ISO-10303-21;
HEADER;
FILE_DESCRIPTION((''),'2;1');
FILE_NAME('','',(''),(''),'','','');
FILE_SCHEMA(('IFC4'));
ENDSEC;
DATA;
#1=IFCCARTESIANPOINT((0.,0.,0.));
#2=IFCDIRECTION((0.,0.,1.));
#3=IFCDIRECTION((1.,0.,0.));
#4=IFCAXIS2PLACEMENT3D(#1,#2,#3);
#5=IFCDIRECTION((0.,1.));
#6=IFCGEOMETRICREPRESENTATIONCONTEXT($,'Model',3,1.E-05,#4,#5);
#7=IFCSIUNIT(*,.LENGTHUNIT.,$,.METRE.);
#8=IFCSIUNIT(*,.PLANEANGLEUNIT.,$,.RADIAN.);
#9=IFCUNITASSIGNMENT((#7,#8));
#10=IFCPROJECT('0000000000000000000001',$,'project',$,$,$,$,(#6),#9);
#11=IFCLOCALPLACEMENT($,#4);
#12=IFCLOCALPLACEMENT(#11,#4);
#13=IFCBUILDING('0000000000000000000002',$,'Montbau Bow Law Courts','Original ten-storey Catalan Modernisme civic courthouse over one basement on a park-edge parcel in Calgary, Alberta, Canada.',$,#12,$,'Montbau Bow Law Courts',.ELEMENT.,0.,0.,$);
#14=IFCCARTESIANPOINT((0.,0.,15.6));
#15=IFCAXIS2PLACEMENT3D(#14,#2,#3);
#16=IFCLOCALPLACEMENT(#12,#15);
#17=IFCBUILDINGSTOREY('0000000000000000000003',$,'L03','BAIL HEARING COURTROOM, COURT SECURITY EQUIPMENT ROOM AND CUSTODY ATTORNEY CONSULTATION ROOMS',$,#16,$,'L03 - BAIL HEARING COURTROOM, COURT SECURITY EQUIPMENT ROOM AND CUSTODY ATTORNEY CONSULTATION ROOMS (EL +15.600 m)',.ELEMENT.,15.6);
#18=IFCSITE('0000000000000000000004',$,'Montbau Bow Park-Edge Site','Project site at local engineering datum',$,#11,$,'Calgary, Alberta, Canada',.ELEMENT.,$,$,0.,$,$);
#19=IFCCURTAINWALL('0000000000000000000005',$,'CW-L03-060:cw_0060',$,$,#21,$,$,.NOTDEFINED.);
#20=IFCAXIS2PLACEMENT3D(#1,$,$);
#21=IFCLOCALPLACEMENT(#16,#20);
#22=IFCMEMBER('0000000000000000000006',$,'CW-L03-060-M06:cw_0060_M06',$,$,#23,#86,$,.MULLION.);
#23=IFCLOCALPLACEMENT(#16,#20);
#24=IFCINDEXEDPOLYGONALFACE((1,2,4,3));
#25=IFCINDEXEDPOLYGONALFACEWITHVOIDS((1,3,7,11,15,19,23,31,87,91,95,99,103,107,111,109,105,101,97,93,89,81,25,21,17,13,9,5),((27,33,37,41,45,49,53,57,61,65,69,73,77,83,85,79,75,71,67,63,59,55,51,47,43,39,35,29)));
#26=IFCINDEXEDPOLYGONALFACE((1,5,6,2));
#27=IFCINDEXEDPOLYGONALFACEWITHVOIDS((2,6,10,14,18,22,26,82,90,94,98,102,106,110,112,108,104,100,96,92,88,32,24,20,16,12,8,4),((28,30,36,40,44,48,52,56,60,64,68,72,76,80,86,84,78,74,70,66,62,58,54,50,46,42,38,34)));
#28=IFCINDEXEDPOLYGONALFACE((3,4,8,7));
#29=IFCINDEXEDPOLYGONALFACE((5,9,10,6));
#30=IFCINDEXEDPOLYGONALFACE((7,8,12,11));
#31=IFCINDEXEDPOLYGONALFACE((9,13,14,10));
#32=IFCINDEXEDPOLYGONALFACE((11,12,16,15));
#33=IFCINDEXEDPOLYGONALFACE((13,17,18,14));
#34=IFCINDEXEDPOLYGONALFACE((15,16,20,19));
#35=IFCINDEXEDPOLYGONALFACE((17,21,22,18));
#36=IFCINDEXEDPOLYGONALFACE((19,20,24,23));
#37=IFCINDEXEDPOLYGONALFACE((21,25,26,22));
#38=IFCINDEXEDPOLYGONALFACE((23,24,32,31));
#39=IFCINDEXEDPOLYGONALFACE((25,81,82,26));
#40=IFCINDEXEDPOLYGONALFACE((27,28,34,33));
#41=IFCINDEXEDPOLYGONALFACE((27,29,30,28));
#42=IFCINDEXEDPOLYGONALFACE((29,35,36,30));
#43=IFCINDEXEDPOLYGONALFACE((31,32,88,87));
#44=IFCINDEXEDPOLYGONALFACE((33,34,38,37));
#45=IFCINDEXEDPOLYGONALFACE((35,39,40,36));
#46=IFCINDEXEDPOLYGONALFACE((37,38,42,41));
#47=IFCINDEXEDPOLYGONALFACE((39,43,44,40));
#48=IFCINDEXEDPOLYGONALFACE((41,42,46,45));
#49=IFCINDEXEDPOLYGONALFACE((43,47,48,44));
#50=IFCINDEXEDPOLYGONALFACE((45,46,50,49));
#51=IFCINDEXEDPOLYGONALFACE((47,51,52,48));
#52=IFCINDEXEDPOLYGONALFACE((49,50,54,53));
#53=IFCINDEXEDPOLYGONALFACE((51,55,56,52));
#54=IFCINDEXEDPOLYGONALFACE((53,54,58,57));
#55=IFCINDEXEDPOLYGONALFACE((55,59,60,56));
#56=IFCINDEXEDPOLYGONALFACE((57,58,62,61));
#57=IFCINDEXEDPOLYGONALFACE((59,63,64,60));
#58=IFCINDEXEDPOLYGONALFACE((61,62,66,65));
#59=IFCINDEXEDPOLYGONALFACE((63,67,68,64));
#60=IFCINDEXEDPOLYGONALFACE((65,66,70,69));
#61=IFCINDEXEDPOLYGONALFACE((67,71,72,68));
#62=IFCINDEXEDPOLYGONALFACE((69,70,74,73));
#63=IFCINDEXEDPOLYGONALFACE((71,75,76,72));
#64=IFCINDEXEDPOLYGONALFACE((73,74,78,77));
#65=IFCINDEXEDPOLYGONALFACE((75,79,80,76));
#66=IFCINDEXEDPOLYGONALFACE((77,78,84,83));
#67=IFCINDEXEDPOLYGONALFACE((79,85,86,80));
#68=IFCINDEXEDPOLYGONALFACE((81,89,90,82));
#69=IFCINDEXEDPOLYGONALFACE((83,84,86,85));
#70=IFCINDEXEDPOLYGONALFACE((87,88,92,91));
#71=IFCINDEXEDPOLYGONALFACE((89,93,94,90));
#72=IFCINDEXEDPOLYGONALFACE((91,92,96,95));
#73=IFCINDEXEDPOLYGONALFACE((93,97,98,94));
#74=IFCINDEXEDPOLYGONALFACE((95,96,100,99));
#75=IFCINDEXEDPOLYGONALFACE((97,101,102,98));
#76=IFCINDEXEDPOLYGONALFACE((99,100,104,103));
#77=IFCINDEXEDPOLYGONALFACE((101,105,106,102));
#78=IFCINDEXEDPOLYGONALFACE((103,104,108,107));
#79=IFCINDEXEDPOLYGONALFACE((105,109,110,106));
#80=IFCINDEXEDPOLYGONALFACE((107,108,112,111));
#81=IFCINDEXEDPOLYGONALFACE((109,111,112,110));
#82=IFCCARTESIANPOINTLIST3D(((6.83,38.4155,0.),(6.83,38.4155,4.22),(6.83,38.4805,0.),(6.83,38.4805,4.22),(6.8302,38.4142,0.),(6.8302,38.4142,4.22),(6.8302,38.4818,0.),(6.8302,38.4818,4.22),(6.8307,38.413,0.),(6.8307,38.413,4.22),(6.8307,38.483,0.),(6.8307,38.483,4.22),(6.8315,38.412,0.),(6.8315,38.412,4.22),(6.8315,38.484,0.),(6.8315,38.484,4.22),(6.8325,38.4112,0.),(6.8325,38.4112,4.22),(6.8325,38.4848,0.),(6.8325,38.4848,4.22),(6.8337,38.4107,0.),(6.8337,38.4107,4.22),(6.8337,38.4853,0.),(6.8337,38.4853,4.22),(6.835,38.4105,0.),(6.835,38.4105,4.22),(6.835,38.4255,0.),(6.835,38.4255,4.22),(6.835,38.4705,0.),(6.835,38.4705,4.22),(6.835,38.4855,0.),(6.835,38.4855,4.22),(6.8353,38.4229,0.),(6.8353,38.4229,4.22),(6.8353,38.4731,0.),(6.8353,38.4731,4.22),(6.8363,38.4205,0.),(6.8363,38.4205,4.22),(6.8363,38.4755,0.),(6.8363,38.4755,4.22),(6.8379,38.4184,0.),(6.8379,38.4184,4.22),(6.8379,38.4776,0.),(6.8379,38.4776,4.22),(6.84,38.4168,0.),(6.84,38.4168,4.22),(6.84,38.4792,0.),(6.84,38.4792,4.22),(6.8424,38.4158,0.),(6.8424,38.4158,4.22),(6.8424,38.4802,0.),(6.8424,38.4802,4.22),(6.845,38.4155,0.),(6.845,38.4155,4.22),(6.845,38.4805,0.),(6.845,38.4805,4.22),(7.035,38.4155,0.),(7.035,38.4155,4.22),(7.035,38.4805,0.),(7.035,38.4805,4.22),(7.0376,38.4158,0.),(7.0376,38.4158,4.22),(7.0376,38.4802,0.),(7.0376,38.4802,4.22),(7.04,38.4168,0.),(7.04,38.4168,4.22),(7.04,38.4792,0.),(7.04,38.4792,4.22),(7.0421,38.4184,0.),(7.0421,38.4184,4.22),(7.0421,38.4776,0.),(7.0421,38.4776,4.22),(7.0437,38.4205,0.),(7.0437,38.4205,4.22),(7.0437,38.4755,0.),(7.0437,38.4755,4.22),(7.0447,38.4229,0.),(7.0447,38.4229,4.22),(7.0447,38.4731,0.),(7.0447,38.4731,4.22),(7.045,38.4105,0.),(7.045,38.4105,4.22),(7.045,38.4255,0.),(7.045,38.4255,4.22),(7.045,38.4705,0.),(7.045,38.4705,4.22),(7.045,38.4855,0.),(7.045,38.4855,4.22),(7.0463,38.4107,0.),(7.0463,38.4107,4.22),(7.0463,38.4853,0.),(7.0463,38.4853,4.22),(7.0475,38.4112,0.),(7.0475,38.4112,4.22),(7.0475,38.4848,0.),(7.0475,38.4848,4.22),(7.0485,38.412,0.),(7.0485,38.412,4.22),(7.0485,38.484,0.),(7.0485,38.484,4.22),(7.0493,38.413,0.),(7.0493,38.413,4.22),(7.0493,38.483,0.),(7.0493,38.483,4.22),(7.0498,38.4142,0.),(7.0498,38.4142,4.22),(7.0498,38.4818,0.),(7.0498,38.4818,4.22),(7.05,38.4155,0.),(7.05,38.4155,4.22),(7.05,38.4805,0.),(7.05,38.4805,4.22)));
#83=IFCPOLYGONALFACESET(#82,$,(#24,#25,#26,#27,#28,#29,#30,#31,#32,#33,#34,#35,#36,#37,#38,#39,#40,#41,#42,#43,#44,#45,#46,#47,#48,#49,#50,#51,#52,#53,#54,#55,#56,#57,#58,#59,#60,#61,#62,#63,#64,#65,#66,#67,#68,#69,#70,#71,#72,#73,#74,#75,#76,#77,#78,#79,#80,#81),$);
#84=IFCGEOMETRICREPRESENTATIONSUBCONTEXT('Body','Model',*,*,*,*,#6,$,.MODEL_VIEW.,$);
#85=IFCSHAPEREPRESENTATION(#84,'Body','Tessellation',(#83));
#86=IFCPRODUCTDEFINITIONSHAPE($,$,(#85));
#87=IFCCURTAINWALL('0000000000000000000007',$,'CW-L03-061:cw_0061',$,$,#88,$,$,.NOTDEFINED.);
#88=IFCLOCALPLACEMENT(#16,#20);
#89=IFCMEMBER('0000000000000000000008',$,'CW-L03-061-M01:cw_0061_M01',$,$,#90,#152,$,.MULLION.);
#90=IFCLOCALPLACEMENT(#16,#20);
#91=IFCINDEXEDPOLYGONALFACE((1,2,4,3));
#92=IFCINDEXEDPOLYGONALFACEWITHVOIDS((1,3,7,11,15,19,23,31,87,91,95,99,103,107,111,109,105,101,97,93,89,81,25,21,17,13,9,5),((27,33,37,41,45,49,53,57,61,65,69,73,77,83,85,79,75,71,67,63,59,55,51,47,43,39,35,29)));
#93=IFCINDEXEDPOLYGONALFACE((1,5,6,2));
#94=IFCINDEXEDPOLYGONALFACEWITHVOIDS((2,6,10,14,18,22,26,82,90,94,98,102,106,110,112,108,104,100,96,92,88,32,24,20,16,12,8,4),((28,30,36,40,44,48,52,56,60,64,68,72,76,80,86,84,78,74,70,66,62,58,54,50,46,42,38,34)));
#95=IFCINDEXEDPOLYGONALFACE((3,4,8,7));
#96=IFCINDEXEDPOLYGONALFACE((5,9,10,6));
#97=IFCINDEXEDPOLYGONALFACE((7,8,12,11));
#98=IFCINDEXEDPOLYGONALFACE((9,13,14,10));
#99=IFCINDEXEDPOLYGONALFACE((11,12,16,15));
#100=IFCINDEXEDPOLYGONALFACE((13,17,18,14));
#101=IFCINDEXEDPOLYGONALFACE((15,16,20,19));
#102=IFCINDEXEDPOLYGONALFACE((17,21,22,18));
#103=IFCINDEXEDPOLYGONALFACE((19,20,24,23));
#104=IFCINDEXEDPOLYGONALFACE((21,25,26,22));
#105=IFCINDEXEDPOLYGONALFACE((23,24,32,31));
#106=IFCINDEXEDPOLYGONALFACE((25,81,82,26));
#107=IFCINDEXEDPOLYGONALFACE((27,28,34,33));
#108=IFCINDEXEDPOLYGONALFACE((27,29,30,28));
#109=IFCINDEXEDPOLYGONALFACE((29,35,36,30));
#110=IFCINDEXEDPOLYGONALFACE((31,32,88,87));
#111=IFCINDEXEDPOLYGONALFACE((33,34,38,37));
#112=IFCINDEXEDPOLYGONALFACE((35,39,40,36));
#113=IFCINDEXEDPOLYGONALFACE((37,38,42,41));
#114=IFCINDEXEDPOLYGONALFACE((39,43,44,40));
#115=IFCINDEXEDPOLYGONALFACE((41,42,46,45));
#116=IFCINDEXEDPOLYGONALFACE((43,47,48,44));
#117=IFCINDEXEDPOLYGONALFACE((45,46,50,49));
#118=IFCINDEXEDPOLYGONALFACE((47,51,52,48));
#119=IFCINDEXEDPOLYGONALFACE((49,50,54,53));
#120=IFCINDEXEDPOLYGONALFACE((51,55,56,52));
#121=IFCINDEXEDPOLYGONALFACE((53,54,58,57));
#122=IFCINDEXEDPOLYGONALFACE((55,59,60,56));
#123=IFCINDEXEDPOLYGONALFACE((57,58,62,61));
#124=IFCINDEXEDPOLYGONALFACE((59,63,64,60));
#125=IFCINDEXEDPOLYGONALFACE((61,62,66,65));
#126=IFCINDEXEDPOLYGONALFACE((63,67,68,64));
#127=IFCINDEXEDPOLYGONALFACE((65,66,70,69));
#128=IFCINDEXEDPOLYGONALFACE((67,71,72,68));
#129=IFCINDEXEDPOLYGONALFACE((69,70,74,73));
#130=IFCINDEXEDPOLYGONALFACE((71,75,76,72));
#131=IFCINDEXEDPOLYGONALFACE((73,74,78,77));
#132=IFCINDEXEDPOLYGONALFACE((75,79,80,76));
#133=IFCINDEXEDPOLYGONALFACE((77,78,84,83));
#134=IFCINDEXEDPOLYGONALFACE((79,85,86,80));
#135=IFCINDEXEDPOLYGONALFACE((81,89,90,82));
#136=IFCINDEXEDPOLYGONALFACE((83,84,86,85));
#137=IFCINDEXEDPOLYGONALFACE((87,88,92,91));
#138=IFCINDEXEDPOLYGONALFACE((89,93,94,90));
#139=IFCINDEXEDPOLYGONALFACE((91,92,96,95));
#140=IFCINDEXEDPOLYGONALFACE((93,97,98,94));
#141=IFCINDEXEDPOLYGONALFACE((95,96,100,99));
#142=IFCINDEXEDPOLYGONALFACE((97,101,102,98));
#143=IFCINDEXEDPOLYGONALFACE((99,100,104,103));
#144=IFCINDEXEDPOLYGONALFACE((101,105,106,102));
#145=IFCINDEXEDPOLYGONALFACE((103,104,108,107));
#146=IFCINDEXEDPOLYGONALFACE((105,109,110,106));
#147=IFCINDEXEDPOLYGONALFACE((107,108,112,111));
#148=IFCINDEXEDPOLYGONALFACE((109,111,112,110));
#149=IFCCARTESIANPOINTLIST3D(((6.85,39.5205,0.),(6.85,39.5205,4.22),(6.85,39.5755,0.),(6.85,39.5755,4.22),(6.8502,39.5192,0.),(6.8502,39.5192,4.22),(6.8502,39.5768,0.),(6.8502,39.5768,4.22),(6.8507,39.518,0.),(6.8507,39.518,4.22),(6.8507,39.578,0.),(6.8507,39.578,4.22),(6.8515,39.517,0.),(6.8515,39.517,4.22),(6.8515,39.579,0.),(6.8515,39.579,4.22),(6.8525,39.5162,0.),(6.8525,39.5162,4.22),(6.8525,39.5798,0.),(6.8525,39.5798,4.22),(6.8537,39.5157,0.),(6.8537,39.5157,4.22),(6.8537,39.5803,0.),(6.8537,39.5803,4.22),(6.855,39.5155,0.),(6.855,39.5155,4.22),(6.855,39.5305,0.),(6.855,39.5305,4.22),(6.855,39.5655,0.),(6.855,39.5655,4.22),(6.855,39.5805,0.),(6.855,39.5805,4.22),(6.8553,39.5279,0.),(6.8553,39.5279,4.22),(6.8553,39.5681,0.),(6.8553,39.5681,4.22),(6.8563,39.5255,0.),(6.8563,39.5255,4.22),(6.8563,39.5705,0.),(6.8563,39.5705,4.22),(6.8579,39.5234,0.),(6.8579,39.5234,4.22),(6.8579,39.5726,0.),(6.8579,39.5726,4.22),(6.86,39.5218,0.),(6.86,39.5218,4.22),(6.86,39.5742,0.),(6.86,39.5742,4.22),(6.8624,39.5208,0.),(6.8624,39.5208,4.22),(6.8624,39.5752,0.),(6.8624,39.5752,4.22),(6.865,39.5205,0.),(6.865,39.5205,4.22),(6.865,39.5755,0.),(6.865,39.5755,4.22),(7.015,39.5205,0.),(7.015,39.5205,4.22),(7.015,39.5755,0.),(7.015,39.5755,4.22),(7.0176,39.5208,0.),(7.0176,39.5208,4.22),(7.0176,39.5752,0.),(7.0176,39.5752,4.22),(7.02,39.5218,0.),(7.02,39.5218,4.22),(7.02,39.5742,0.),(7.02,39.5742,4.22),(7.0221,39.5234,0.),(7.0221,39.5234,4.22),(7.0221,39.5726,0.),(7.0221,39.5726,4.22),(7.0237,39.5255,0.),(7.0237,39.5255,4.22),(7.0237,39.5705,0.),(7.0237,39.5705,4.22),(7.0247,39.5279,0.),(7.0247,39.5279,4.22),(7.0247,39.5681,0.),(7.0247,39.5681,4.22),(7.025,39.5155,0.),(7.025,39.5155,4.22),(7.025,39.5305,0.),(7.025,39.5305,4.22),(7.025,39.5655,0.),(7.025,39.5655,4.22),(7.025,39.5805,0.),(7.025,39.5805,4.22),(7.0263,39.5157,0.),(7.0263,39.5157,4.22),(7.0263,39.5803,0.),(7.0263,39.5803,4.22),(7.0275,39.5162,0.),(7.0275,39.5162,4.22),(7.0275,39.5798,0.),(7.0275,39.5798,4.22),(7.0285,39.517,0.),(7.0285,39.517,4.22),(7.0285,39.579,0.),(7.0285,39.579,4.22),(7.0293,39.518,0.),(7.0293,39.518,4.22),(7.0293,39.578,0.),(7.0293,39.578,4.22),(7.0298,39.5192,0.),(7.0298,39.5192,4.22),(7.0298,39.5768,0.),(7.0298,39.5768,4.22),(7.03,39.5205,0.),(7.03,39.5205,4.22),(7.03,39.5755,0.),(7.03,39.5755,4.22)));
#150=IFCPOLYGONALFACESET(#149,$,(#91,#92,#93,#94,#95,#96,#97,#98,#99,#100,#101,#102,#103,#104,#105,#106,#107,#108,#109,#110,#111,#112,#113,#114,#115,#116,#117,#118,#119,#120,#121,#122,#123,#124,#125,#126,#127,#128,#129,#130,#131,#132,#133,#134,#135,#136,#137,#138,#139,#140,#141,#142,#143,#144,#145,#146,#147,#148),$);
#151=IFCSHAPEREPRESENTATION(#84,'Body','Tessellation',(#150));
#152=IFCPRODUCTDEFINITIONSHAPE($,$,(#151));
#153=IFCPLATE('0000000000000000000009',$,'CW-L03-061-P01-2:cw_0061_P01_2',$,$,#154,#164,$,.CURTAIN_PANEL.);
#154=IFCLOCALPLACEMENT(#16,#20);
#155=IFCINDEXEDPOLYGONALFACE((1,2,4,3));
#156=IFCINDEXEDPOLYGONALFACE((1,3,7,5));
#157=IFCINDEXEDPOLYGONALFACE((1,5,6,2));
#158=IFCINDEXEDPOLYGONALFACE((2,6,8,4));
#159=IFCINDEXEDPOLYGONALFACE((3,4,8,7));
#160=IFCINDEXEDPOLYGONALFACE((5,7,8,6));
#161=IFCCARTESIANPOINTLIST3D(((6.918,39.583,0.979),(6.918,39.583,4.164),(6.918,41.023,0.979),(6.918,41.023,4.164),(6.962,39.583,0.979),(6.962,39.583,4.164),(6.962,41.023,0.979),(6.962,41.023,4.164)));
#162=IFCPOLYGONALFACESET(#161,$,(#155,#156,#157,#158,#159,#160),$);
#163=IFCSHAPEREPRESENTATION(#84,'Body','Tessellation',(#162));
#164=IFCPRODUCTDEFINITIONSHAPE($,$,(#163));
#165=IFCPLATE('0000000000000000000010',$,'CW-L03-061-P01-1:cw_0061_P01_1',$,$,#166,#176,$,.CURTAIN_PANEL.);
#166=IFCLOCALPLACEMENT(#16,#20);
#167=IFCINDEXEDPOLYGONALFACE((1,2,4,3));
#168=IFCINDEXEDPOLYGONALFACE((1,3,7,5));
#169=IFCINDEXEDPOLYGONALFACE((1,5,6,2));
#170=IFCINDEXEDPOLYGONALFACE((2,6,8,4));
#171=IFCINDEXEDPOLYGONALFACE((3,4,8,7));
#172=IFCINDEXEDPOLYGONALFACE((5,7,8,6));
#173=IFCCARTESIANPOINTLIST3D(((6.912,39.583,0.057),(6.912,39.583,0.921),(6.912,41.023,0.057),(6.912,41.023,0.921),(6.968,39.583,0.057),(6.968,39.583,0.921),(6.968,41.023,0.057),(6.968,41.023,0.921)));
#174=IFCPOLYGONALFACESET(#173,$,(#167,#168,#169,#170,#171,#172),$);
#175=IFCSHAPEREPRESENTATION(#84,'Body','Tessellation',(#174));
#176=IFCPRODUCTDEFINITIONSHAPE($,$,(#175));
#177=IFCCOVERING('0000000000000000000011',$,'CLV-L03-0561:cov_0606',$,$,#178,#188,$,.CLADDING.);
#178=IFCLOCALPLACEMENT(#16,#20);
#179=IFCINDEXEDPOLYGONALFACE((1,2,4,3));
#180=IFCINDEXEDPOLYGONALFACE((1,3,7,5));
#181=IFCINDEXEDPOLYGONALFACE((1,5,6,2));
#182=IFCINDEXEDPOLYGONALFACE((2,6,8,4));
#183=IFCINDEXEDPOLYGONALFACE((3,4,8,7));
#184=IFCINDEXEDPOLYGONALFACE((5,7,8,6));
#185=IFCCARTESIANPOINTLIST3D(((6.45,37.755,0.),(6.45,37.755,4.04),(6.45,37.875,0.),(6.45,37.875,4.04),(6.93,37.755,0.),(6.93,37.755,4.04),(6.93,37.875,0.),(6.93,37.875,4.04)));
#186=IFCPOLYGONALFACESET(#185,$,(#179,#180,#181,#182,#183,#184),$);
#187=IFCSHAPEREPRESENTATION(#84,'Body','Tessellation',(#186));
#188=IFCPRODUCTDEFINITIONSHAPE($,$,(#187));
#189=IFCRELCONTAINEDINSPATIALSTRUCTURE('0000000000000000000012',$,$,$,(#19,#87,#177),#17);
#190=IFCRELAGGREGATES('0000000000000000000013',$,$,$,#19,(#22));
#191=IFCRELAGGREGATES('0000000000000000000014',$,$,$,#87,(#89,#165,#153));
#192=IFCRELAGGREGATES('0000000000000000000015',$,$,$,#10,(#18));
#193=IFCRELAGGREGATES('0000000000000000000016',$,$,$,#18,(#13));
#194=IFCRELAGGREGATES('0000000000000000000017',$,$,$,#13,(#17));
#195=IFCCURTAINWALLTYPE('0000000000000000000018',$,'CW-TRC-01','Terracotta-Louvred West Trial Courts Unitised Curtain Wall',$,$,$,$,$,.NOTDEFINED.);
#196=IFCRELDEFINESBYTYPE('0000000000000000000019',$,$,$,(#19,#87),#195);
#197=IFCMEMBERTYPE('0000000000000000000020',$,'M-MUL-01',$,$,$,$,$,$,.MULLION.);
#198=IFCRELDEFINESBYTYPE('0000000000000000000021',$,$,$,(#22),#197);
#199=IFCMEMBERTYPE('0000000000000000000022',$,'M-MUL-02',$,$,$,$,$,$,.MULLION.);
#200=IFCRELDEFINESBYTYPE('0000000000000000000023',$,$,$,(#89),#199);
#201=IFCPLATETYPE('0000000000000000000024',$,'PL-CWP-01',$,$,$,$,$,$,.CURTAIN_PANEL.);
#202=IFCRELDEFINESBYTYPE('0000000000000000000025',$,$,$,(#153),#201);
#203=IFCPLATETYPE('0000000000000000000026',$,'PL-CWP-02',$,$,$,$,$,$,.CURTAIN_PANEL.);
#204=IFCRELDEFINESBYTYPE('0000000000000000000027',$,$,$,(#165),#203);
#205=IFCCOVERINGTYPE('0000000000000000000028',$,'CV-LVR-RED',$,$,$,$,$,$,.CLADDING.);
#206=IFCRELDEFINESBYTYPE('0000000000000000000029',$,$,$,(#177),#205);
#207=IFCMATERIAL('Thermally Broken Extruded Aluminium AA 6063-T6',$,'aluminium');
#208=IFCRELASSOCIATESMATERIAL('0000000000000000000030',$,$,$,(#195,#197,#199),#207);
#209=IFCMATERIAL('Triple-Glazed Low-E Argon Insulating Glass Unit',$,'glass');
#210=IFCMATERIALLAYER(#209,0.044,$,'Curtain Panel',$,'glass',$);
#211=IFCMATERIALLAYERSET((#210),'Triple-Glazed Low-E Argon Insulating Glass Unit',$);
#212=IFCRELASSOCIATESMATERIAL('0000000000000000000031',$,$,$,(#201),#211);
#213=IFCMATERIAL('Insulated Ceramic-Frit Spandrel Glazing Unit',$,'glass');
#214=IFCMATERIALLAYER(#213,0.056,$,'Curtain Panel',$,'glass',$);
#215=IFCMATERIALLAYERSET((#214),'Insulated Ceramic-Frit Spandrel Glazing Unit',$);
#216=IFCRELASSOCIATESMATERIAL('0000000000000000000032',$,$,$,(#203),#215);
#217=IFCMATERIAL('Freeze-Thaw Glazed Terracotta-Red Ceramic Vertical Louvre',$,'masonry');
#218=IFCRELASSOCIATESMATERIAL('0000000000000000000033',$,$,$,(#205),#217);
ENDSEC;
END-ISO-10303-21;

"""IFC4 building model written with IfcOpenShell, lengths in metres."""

from ifc_helpers import new_model, si_unit, direction, frame, frame_2d, origin_with_axes, origin_2d_with_axis, place, context, subcontext, project, spatial, rectangle, hollow_rectangle, extrude, material, layer, layer_set, material_profile, profile_set, type_object, element, aggregate, save


model = new_model("IFC4")

# Units and contexts
model_context = context("Model", 3, precision=1e-05, world=origin_with_axes(), true_north=direction((0.0, 1.0)))
body_context = subcontext(model_context, "Body", "Model", "MODEL_VIEW")
ifc_project = project(units=[si_unit("LENGTHUNIT", "METRE"), si_unit("PLANEANGLEUNIT", "RADIAN")], contexts=[model_context])

# Site, building, storey
site_placement = place(None, origin_with_axes())
site = spatial("IfcSite", under=ifc_project, at=site_placement, Name="Montbau Bow Park-Edge Site", Description="Project site at local engineering datum", LongName="Calgary, Alberta, Canada", CompositionType="ELEMENT", RefElevation=0.0)
building_placement = place(site_placement, origin_with_axes())
building = spatial("IfcBuilding", under=site, at=building_placement, Name="Montbau Bow Law Courts", Description="Original ten-storey Catalan Modernisme civic courthouse over one basement on a park-edge parcel in Calgary, Alberta, Canada.", LongName="Montbau Bow Law Courts", CompositionType="ELEMENT", ElevationOfRefHeight=0.0, ElevationOfTerrain=0.0)
storey_placement = place(building_placement, frame((0.0, 0.0, 15.6), z_axis=(0.0, 0.0, 1.0), x_axis=(1.0, 0.0, 0.0)))
storey = spatial("IfcBuildingStorey", under=building, at=storey_placement, Name="L03", Description="BAIL HEARING COURTROOM, COURT SECURITY EQUIPMENT ROOM AND CUSTODY ATTORNEY CONSULTATION ROOMS", LongName="L03 - BAIL HEARING COURTROOM, COURT SECURITY EQUIPMENT ROOM AND CUSTODY ATTORNEY CONSULTATION ROOMS (EL +15.600 m)", CompositionType="ELEMENT", Elevation=15.6)

# Curtain wall, member
ifc_material_1 = material(Name="Thermally Broken Extruded Aluminium AA 6063-T6", Category="aluminium")
curtain_wall_type = type_object("IfcCurtainWallType", Name="CW-TRC-01", Description="Terracotta-Louvred West Trial Courts Unitised Curtain Wall", PredefinedType="NOTDEFINED", material=ifc_material_1)
curtain_wall_1_placement = place(None, frame((6.94, 31.115, 15.6), z_axis=(0.0, 0.0, 1.0), x_axis=(1.0, 0.0, 0.0)))
curtain_wall_1 = element("IfcCurtainWall", 1, at=curtain_wall_1_placement, inside=storey, type_object=curtain_wall_type, Name="CW-L03-060:cw_0060", PredefinedType="NOTDEFINED")
ifc_material_profile_1 = material_profile(ifc_material_1, hollow_rectangle(XDim=0.075, YDim=0.22, WallThickness=0.005, InnerFilletRadius=0.01, OuterFilletRadius=0.005, at=origin_2d_with_axis()), Name="CWM-220X75", Category="Main", Priority=0)
ifc_profile_set_1 = profile_set([ifc_material_profile_1], Name="Thermally Broken Extruded Aluminium AA 6063-T6")
member_type_1 = type_object("IfcMemberType", Name="M-MUL-01", PredefinedType="MULLION", material=ifc_profile_set_1)
member_1_placement = place(None, frame((6.94, 38.448, 15.6), z_axis=(0.0, 0.0, 1.0), x_axis=(0.0, 1.0, 0.0)))
member_1 = element("IfcMember", 2, at=member_1_placement, type_object=member_type_1, Name="CW-L03-060-M06:cw_0060_M06", PredefinedType="MULLION", context=body_context, shape_type="SweptSolid", body=[
    extrude(hollow_rectangle(XDim=0.075, YDim=0.22, WallThickness=0.005, InnerFilletRadius=0.01, OuterFilletRadius=0.005, at=origin_2d_with_axis()), origin_with_axes(), (0.0, 0.0, 1.0), 4.22),
])
aggregate(curtain_wall_1, [member_1])

# Curtain wall, member, plates
curtain_wall_2_placement = place(None, frame((6.94, 39.515, 15.6), z_axis=(0.0, 0.0, 1.0), x_axis=(1.0, 0.0, 0.0)))
curtain_wall_2 = element("IfcCurtainWall", 3, at=curtain_wall_2_placement, inside=storey, type_object=curtain_wall_type, Name="CW-L03-061:cw_0061", PredefinedType="NOTDEFINED")
ifc_material_profile_2 = material_profile(ifc_material_1, hollow_rectangle(XDim=0.065, YDim=0.18, WallThickness=0.005, InnerFilletRadius=0.01, OuterFilletRadius=0.005, at=origin_2d_with_axis()), Name="CWM-180X65", Category="Main", Priority=0)
ifc_profile_set_2 = profile_set([ifc_material_profile_2], Name="Thermally Broken Extruded Aluminium AA 6063-T6")
member_type_2 = type_object("IfcMemberType", Name="M-MUL-02", PredefinedType="MULLION", material=ifc_profile_set_2)
member_2_placement = place(None, frame((6.94, 39.548, 15.6), z_axis=(0.0, 0.0, 1.0), x_axis=(0.0, 1.0, 0.0)))
member_2 = element("IfcMember", 4, at=member_2_placement, type_object=member_type_2, Name="CW-L03-061-M01:cw_0061_M01", PredefinedType="MULLION", context=body_context, shape_type="SweptSolid", body=[
    extrude(hollow_rectangle(XDim=0.065, YDim=0.18, WallThickness=0.005, InnerFilletRadius=0.01, OuterFilletRadius=0.005, at=origin_2d_with_axis()), origin_with_axes(), (0.0, 0.0, 1.0), 4.22),
])
ifc_material_2 = material(Name="Triple-Glazed Low-E Argon Insulating Glass Unit", Category="glass")
ifc_layer_1 = layer(ifc_material_2, 0.044, Name="Curtain Panel", Category="glass")
ifc_layer_set_1 = layer_set([ifc_layer_1], Name="Triple-Glazed Low-E Argon Insulating Glass Unit")
plate_type_1 = type_object("IfcPlateType", Name="PL-CWP-01", PredefinedType="CURTAIN_PANEL", material=ifc_layer_set_1)
plate_1_placement = place(None, frame((6.94, 39.583, 16.579), z_axis=(1.0, 0.0, 0.0), x_axis=(0.0, 1.0, 0.0)))
plate_1 = element("IfcPlate", 5, at=plate_1_placement, type_object=plate_type_1, Name="CW-L03-061-P01-2:cw_0061_P01_2", PredefinedType="CURTAIN_PANEL", context=body_context, shape_type="SweptSolid", body=[
    extrude(rectangle(XDim=1.44, YDim=3.185, at=frame_2d((0.72, 1.5925), x_axis=(1.0, 0.0))), frame((0.0, 0.0, -0.022), z_axis=(0.0, 0.0, 1.0), x_axis=(1.0, 0.0, 0.0)), (0.0, 0.0, 1.0), 0.044),
])
ifc_material_3 = material(Name="Insulated Ceramic-Frit Spandrel Glazing Unit", Category="glass")
ifc_layer_2 = layer(ifc_material_3, 0.056, Name="Curtain Panel", Category="glass")
ifc_layer_set_2 = layer_set([ifc_layer_2], Name="Insulated Ceramic-Frit Spandrel Glazing Unit")
plate_type_2 = type_object("IfcPlateType", Name="PL-CWP-02", PredefinedType="CURTAIN_PANEL", material=ifc_layer_set_2)
plate_2_placement = place(None, frame((6.94, 39.583, 15.657), z_axis=(1.0, 0.0, 0.0), x_axis=(0.0, 1.0, 0.0)))
plate_2 = element("IfcPlate", 6, at=plate_2_placement, type_object=plate_type_2, Name="CW-L03-061-P01-1:cw_0061_P01_1", PredefinedType="CURTAIN_PANEL", context=body_context, shape_type="SweptSolid", body=[
    extrude(rectangle(XDim=1.44, YDim=0.864, at=frame_2d((0.72, 0.432), x_axis=(1.0, 0.0))), frame((0.0, 0.0, -0.028), z_axis=(0.0, 0.0, 1.0), x_axis=(1.0, 0.0, 0.0)), (0.0, 0.0, 1.0), 0.056),
])
aggregate(curtain_wall_2, [member_2, plate_2, plate_1])

# Covering
ifc_material_4 = material(Name="Freeze-Thaw Glazed Terracotta-Red Ceramic Vertical Louvre", Category="masonry")
covering_type = type_object("IfcCoveringType", Name="CV-LVR-RED", PredefinedType="CLADDING", material=ifc_material_4)
for number, where, z_axis, x_axis, name in (
    (7, (6.93, 37.815, 15.6), (0.0, 1.0, 0.0), (-1.0, 0.0, 0.0), "CLV-L03-0561:cov_0606"),
):
    element("IfcCovering", number, at=place(None, frame(where, z_axis=z_axis, x_axis=x_axis)), inside=storey, type_object=covering_type, Name=name, PredefinedType="CLADDING", context=body_context, shape_type="SweptSolid", body=[
        extrude(rectangle(XDim=0.48, YDim=4.04, at=frame_2d((0.24, 2.02), x_axis=(1.0, 0.0))), frame((0.0, 0.0, -0.06), z_axis=(0.0, 0.0, 1.0), x_axis=(1.0, 0.0, 0.0)), (0.0, 0.0, 1.0), 0.12),
    ])

save(model, "model.ifc")
